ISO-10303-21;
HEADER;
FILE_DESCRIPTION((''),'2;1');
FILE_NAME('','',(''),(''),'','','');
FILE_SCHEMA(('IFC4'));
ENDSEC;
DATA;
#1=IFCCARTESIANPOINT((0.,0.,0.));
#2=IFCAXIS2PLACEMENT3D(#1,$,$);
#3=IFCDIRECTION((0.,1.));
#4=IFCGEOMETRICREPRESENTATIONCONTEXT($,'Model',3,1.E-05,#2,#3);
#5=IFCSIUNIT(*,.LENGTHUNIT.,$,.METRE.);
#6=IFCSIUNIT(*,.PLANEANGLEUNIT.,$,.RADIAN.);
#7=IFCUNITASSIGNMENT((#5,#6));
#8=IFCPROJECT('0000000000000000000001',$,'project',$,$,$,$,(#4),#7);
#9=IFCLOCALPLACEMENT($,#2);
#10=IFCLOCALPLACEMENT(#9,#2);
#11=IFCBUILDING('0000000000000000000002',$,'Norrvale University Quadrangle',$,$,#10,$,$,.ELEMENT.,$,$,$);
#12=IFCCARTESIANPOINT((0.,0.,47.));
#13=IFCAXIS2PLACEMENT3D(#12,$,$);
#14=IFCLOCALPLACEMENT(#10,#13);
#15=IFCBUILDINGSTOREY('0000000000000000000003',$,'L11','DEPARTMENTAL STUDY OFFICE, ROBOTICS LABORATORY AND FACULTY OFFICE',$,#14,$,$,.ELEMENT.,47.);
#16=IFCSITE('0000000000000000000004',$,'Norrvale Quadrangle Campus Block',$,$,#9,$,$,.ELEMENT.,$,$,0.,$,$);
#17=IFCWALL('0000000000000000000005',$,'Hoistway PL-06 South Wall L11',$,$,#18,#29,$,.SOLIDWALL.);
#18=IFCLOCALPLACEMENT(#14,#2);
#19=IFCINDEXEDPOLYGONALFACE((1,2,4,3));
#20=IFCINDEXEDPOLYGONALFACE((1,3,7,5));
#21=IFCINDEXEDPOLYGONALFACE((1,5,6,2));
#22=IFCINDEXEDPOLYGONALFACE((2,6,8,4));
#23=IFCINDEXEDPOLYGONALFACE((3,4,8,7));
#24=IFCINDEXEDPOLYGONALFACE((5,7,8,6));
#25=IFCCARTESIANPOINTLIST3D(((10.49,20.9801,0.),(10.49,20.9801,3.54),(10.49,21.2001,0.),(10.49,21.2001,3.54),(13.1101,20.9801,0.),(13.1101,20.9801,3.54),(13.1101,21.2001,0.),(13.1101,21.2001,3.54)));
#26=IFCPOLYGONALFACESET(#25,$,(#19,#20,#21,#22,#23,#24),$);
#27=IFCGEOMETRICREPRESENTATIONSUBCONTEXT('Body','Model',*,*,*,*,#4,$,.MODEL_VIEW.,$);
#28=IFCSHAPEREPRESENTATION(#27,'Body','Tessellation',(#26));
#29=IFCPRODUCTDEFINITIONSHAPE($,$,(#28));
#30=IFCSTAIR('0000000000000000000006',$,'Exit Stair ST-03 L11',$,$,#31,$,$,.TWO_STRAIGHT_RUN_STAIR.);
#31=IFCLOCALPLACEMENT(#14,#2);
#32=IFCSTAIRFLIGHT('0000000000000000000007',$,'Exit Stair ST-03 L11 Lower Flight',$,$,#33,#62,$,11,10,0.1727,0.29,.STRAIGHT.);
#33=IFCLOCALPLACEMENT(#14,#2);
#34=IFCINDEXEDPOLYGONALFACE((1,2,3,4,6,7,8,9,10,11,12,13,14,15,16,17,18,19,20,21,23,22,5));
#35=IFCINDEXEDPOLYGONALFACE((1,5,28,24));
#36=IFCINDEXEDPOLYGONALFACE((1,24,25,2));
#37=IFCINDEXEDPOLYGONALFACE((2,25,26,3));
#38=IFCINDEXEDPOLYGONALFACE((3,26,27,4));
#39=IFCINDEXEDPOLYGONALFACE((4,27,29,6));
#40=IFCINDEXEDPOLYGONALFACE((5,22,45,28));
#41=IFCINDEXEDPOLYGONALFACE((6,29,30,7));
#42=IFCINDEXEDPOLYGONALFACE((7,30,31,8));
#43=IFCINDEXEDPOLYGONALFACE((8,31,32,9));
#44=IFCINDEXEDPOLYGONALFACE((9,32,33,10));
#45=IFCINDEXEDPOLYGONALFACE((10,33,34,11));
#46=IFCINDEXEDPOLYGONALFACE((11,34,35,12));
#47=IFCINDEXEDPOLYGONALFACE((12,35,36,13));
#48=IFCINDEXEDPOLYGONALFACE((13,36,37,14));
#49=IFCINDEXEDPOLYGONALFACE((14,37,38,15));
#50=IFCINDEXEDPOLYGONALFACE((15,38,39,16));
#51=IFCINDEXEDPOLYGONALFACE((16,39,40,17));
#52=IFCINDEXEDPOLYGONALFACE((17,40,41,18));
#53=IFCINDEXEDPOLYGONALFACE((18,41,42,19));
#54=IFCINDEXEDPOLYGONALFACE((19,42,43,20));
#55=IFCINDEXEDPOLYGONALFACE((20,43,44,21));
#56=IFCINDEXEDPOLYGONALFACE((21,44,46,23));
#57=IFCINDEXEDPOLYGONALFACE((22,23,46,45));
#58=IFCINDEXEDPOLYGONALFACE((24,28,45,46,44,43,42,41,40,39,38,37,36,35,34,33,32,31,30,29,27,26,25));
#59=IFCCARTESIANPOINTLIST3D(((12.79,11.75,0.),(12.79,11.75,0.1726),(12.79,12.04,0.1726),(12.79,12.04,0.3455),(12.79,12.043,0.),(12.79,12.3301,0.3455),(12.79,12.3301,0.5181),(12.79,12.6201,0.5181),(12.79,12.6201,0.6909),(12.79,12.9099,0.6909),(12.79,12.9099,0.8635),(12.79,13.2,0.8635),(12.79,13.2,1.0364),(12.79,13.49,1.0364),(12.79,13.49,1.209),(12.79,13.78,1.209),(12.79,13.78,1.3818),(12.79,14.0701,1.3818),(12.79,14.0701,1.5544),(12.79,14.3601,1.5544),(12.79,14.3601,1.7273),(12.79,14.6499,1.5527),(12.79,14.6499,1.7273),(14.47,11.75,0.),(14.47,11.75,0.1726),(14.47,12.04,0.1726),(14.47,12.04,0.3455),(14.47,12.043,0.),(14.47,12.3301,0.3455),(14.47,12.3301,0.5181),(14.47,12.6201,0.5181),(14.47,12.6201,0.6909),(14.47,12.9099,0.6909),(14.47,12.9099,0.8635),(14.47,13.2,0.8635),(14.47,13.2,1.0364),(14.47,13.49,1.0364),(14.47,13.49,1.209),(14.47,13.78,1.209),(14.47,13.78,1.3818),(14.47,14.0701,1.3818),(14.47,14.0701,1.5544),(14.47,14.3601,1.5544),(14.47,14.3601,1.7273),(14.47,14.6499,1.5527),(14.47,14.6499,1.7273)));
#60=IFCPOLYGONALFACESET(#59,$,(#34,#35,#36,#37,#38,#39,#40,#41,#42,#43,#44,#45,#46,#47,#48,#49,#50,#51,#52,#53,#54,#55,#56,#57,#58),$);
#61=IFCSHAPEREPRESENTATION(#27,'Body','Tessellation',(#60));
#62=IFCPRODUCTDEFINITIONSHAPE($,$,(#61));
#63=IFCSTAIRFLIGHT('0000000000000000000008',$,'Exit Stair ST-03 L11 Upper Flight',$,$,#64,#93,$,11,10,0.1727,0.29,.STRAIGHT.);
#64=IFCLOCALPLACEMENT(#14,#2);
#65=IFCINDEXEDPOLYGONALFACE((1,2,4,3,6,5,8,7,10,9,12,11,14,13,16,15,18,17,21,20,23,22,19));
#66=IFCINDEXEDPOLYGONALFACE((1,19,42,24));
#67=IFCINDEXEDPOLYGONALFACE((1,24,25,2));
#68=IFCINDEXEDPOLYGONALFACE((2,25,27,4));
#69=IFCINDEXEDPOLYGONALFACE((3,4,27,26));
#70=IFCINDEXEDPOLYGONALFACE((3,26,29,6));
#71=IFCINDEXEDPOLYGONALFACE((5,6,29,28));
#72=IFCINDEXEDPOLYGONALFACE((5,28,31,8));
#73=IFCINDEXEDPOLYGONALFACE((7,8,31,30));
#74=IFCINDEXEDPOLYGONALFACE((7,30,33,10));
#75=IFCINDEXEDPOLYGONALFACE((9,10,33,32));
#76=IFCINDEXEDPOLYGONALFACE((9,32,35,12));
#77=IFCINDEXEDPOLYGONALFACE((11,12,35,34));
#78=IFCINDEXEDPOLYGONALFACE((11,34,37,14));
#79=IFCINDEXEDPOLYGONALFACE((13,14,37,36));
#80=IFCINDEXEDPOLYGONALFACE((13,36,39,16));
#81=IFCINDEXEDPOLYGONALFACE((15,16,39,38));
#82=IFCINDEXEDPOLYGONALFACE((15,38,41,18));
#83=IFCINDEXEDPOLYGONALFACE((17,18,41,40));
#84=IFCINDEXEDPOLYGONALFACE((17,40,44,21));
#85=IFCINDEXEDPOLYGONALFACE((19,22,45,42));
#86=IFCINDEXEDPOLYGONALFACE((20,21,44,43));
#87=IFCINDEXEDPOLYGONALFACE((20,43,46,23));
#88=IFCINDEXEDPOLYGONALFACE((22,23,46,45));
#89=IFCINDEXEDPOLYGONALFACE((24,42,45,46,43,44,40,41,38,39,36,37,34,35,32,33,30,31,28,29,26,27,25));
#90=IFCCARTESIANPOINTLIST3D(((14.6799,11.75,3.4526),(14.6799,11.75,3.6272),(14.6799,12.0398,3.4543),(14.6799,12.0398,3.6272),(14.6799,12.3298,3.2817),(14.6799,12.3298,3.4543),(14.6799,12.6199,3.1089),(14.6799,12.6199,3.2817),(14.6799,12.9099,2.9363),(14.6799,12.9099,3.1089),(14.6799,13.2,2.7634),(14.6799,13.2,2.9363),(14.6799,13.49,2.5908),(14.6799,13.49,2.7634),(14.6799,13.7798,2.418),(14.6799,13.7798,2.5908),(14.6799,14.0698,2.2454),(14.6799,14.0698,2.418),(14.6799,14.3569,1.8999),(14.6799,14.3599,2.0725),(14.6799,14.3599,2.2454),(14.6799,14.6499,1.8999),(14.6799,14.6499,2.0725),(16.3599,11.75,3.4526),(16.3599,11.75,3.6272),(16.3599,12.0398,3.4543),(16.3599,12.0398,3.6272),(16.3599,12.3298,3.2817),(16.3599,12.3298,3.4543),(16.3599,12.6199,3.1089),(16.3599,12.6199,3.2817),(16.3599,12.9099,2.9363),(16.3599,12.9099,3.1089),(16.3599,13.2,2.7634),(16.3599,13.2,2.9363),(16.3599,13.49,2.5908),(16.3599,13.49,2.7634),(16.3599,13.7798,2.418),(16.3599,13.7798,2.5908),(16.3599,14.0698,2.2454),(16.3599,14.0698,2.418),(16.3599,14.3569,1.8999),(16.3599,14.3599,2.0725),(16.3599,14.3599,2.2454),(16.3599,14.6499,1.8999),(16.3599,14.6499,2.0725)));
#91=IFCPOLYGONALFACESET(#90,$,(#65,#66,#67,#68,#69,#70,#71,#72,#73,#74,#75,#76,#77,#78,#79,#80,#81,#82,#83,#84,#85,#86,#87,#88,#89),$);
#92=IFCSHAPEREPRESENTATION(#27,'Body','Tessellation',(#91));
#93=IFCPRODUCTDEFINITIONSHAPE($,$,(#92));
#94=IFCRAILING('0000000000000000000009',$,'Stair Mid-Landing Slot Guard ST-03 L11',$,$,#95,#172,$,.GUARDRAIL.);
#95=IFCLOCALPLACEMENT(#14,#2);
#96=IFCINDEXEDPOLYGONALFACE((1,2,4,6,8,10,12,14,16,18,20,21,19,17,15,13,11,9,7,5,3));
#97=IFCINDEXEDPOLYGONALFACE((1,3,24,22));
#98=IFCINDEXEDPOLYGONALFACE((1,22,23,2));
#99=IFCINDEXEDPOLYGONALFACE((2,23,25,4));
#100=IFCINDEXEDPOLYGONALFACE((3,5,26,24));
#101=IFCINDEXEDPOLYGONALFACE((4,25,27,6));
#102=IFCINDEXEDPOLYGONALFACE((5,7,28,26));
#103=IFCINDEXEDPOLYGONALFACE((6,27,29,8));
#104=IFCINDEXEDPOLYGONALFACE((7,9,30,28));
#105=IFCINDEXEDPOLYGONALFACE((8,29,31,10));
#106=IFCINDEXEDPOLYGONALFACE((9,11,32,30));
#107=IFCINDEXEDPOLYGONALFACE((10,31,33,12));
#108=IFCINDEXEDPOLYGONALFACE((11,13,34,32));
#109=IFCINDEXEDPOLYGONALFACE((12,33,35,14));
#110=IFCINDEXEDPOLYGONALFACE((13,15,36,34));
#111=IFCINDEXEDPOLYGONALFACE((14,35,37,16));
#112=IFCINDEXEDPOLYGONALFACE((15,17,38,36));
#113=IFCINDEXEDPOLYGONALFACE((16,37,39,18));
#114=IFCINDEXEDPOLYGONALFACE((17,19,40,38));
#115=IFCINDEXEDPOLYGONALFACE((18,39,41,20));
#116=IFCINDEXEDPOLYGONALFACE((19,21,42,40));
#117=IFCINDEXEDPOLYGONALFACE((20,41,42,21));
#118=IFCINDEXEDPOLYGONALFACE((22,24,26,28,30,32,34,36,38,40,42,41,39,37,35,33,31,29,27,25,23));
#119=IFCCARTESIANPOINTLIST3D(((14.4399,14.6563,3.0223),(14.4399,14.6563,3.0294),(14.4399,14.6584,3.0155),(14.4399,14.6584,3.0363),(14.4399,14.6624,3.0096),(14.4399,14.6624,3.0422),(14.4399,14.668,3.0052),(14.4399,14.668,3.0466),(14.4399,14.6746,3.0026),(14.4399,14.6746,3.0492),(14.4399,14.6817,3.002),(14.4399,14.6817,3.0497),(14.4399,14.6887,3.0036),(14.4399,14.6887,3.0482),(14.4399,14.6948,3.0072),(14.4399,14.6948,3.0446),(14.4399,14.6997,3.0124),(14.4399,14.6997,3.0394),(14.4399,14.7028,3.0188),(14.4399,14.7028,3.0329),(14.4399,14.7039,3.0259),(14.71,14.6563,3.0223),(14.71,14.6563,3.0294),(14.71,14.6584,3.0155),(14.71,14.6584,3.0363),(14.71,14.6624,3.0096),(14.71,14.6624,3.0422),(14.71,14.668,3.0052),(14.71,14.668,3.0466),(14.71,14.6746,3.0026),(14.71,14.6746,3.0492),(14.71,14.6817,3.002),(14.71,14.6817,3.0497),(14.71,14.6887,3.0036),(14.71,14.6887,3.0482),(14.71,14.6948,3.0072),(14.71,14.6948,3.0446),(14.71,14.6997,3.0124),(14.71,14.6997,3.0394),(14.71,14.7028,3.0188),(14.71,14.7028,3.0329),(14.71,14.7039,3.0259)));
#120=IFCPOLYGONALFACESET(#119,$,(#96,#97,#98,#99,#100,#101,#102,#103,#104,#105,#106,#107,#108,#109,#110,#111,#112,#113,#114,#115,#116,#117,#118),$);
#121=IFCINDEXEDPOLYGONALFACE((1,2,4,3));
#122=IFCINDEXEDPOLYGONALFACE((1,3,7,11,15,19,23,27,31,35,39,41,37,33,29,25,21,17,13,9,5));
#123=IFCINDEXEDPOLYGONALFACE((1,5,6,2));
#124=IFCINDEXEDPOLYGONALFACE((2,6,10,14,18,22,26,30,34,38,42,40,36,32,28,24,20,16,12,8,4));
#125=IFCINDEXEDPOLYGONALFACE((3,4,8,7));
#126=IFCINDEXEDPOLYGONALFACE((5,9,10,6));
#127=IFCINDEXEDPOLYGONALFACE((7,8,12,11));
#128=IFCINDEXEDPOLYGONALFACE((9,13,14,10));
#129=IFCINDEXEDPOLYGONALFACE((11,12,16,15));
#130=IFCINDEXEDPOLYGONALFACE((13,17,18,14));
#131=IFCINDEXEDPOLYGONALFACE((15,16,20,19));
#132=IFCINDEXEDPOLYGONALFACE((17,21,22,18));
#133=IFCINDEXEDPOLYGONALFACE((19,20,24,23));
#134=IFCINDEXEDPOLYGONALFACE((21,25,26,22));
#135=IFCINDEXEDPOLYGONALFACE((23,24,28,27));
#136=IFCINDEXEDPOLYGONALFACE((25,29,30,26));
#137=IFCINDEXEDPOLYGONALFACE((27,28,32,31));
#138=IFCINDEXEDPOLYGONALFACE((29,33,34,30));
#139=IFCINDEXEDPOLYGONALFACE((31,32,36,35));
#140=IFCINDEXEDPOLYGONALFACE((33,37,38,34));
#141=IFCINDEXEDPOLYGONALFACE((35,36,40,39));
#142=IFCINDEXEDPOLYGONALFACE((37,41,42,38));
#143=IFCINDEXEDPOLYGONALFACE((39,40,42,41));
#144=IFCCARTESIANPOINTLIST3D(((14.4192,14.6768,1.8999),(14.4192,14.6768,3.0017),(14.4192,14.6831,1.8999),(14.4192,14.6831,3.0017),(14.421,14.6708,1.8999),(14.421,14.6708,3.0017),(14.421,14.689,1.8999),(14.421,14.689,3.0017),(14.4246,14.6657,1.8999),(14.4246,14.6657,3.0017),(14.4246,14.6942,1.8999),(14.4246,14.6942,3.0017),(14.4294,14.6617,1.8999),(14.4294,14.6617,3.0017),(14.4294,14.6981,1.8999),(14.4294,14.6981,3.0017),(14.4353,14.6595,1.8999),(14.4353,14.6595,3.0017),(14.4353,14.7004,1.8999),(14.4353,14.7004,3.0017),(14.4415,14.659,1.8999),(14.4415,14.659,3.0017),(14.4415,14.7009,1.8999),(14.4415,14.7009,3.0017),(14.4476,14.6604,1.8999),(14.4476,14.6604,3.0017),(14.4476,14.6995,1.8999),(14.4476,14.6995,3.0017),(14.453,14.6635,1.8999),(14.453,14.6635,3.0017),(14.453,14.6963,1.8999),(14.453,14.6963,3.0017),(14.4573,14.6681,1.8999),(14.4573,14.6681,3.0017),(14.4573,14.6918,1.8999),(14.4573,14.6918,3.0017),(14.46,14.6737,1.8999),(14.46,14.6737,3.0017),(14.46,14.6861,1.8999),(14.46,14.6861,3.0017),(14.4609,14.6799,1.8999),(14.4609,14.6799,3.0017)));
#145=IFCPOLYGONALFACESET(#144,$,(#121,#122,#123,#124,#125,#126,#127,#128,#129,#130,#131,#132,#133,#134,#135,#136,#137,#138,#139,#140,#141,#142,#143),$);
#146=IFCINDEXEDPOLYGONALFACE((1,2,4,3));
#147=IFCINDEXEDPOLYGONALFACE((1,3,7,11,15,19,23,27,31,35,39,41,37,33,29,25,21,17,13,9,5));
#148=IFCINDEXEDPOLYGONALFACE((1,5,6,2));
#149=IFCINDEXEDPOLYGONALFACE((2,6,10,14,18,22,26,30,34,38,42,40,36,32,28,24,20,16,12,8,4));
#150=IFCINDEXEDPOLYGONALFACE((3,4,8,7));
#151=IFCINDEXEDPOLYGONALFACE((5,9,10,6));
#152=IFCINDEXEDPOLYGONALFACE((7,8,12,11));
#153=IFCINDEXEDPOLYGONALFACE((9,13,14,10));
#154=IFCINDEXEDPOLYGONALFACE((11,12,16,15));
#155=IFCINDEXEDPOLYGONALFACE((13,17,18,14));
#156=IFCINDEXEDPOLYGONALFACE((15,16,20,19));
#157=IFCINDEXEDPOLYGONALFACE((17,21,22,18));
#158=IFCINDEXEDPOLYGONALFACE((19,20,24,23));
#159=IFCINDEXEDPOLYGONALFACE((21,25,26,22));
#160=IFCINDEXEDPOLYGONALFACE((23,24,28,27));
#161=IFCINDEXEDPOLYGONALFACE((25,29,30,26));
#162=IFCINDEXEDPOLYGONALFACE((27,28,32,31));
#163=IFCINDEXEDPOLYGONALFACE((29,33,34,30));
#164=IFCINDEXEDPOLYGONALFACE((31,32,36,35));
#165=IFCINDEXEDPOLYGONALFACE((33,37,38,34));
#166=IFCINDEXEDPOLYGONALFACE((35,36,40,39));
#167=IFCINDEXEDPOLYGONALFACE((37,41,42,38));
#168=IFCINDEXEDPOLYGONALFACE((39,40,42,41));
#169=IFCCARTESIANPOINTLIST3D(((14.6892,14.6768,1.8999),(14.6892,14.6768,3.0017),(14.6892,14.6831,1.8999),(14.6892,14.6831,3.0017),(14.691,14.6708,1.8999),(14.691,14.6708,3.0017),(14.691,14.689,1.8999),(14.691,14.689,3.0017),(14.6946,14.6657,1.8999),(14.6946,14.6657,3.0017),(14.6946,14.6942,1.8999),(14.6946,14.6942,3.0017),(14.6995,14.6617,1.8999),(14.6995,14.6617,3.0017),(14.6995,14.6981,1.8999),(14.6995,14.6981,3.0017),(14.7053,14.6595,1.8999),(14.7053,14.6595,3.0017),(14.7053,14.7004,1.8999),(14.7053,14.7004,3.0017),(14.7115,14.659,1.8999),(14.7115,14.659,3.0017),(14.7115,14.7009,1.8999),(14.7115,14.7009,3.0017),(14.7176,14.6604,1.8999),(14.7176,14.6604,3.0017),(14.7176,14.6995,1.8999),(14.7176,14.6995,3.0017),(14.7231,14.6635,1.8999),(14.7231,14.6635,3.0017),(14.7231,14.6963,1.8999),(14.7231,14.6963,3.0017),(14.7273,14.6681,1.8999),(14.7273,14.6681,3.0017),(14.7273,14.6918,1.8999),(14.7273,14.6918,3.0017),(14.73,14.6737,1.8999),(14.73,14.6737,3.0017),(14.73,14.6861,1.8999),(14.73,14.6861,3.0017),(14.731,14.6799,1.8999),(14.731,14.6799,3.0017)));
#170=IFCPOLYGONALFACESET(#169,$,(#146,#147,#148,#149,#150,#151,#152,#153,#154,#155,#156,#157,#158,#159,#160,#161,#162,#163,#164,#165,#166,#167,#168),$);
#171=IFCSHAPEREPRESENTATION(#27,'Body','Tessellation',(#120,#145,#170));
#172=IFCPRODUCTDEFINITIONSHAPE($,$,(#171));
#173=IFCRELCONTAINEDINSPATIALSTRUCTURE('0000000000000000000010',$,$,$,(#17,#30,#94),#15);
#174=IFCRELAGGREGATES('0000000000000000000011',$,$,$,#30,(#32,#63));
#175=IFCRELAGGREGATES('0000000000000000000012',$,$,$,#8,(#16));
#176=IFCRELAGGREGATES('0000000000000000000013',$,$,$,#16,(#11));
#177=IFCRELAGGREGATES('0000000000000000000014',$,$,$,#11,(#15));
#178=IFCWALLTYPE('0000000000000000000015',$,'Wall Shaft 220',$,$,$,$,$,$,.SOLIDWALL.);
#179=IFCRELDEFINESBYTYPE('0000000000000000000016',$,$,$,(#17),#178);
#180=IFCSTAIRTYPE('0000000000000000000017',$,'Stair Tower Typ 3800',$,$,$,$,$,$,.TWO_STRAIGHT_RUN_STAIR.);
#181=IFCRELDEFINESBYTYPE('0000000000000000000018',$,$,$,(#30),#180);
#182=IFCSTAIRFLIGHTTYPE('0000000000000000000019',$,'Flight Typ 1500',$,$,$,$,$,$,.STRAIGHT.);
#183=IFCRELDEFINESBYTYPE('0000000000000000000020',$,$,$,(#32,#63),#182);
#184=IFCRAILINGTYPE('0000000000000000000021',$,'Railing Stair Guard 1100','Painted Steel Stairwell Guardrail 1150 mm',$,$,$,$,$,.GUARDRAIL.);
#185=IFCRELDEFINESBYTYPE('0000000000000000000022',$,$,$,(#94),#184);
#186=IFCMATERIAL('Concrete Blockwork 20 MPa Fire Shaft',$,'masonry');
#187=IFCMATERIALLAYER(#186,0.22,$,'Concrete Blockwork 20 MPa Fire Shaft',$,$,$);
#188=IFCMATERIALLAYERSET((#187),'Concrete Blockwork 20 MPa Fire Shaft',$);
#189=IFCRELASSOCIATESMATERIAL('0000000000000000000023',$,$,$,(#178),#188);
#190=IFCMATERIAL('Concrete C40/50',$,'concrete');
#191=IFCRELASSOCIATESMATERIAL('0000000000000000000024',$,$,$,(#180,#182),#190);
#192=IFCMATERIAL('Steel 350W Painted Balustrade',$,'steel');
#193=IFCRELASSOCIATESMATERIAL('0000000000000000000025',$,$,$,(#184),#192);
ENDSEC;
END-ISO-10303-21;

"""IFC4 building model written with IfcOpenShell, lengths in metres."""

from ifc_helpers import new_model, si_unit, direction, frame, frame_2d, origin, origin_2d, place, context, subcontext, project, spatial, polyline, rectangle, circle, outline, extrude, material, layer, layer_set, type_object, element, aggregate, save


model = new_model("IFC4")

# Units and contexts
model_context = context("Model", 3, precision=1e-05, world=origin(), true_north=direction((0.0, 1.0)))
body_context = subcontext(model_context, "Body", "Model", "MODEL_VIEW")
ifc_project = project(units=[si_unit("LENGTHUNIT", "METRE"), si_unit("PLANEANGLEUNIT", "RADIAN")], contexts=[model_context])

# Site, building, storey
site_placement = place(None, origin())
site = spatial("IfcSite", under=ifc_project, at=site_placement, Name="Norrvale Quadrangle Campus Block", CompositionType="ELEMENT", RefElevation=0.0)
building_placement = place(site_placement, origin())
building = spatial("IfcBuilding", under=site, at=building_placement, Name="Norrvale University Quadrangle", CompositionType="ELEMENT")
storey_placement = place(building_placement, frame((0.0, 0.0, 47.0)))
storey = spatial("IfcBuildingStorey", under=building, at=storey_placement, Name="L11", Description="DEPARTMENTAL STUDY OFFICE, ROBOTICS LABORATORY AND FACULTY OFFICE", CompositionType="ELEMENT", Elevation=47.0)

# Shared definitions
ifc_material_1 = material(Name="Concrete Blockwork 20 MPa Fire Shaft", Category="masonry")
ifc_layer_1 = layer(ifc_material_1, 0.22, Name="Concrete Blockwork 20 MPa Fire Shaft")
ifc_layer_set_1 = layer_set([ifc_layer_1], Name="Concrete Blockwork 20 MPa Fire Shaft")
wall_type_1 = type_object("IfcWallType", Name="Wall Shaft 220", PredefinedType="SOLIDWALL", material=ifc_layer_set_1)

# Wall
wall_1_placement = place(storey_placement, frame((10.49, 21.0901, 0.0), z_axis=(0.0, 0.0, 1.0), x_axis=(1.0, 0.0, 0.0)))
element("IfcWall", 1, at=wall_1_placement, inside=storey, type_object=wall_type_1, Name="Hoistway PL-06 South Wall L11", PredefinedType="SOLIDWALL", context=body_context, shape_type="SweptSolid", body=[
    extrude(rectangle(XDim=2.6201, YDim=0.22, at=frame_2d((1.3101, 0.0))), origin(), (0.0, 0.0, 1.0), 3.54),
])

# Stair, stair flights
ifc_material_2 = material(Name="Concrete C40/50", Category="concrete")
stair_type = type_object("IfcStairType", Name="Stair Tower Typ 3800", PredefinedType="TWO_STRAIGHT_RUN_STAIR", material=ifc_material_2)
stair_placement = place(storey_placement, origin())
stair = element("IfcStair", 2, at=stair_placement, inside=storey, type_object=stair_type, Name="Exit Stair ST-03 L11", PredefinedType="TWO_STRAIGHT_RUN_STAIR")
stair_flight_type = type_object("IfcStairFlightType", Name="Flight Typ 1500", PredefinedType="STRAIGHT", material=ifc_material_2)
stair_flight_1_placement = place(storey_placement, frame((13.6299, 11.75, 0.0), z_axis=(0.0, 0.0, 1.0), x_axis=(0.0, 1.0, 0.0)))
stair_flight_1 = element("IfcStairFlight", 3, at=stair_flight_1_placement, type_object=stair_flight_type, Name="Exit Stair ST-03 L11 Lower Flight", NumberOfRisers=11, NumberOfTreads=10, PredefinedType="STRAIGHT", RiserHeight=0.1727, TreadLength=0.29, context=body_context, shape_type="SweptSolid", body=[
    extrude(outline(polyline([(0.0, 0.0), (0.0, 0.1726), (0.29, 0.1726), (0.29, 0.3455), (0.5801, 0.3455), (0.5801, 0.5181), (0.8701, 0.5181), (0.8701, 0.6909), (1.1599, 0.6909), (1.1599, 0.8635), (1.45, 0.8635), (1.45, 1.0364), (1.74, 1.0364), (1.74, 1.209), (2.03, 1.209), (2.03, 1.3818), (2.3201, 1.3818), (2.3201, 1.5544), (2.6101, 1.5544), (2.6101, 1.7273), (2.8999, 1.7273), (2.8999, 1.8999), (2.8999, 1.5527), (0.293, 0.0), (0.0, 0.0)])), frame((0.0, 0.8398, 0.0), z_axis=(0.0, -1.0, 0.0), x_axis=(1.0, 0.0, 0.0)), (0.0, 0.0, 1.0), 1.6799),
])
stair_flight_2_placement = place(storey_placement, frame((15.52, 14.6499, 1.8999), z_axis=(0.0, 0.0, 1.0), x_axis=(0.0, -1.0, 0.0)))
stair_flight_2 = element("IfcStairFlight", 4, at=stair_flight_2_placement, type_object=stair_flight_type, Name="Exit Stair ST-03 L11 Upper Flight", NumberOfRisers=11, NumberOfTreads=10, PredefinedType="STRAIGHT", RiserHeight=0.1727, TreadLength=0.29, context=body_context, shape_type="SweptSolid", body=[
    extrude(outline(polyline([(0.0, 0.0), (0.0, 0.1726), (0.29, 0.1726), (0.29, 0.3455), (0.5801, 0.3455), (0.5801, 0.5181), (0.8701, 0.5181), (0.8701, 0.6909), (1.1599, 0.6909), (1.1599, 0.8635), (1.45, 0.8635), (1.45, 1.0364), (1.74, 1.0364), (1.74, 1.209), (2.03, 1.209), (2.03, 1.3818), (2.3201, 1.3818), (2.3201, 1.5544), (2.6101, 1.5544), (2.6101, 1.7273), (2.8999, 1.7273), (2.8999, 1.8999), (2.8999, 1.5527), (0.293, 0.0), (0.0, 0.0)])), frame((0.0, 0.8398, 0.0), z_axis=(0.0, -1.0, 0.0), x_axis=(1.0, 0.0, 0.0)), (0.0, 0.0, 1.0), 1.6799),
])
aggregate(stair, [stair_flight_1, stair_flight_2])

# Railing
ifc_material_3 = material(Name="Steel 350W Painted Balustrade", Category="steel")
railing_type_1 = type_object("IfcRailingType", Name="Railing Stair Guard 1100", Description="Painted Steel Stairwell Guardrail 1150 mm", PredefinedType="GUARDRAIL", material=ifc_material_3)
railing_1_placement = place(storey_placement, frame((14.4399, 14.6799, 1.8999)))
element("IfcRailing", 5, at=railing_1_placement, inside=storey, type_object=railing_type_1, Name="Stair Mid-Landing Slot Guard ST-03 L11", PredefinedType="GUARDRAIL", context=body_context, shape_type="SweptSolid", body=[
    extrude(circle(Radius=0.0239, at=origin_2d()), frame((0.0, 0.0, 1.126), z_axis=(1.0, 0.0, 0.0), x_axis=(0.0, 1.0, 0.0)), (0.0, 0.0, 1.0), 0.27),
    extrude(circle(Radius=0.021, at=origin_2d()), origin(), (0.0, 0.0, 1.0), 1.1018),
    extrude(circle(Radius=0.021, at=origin_2d()), frame((0.27, 0.0, 0.0)), (0.0, 0.0, 1.0), 1.1018),
])

save(model, "model.ifc")
